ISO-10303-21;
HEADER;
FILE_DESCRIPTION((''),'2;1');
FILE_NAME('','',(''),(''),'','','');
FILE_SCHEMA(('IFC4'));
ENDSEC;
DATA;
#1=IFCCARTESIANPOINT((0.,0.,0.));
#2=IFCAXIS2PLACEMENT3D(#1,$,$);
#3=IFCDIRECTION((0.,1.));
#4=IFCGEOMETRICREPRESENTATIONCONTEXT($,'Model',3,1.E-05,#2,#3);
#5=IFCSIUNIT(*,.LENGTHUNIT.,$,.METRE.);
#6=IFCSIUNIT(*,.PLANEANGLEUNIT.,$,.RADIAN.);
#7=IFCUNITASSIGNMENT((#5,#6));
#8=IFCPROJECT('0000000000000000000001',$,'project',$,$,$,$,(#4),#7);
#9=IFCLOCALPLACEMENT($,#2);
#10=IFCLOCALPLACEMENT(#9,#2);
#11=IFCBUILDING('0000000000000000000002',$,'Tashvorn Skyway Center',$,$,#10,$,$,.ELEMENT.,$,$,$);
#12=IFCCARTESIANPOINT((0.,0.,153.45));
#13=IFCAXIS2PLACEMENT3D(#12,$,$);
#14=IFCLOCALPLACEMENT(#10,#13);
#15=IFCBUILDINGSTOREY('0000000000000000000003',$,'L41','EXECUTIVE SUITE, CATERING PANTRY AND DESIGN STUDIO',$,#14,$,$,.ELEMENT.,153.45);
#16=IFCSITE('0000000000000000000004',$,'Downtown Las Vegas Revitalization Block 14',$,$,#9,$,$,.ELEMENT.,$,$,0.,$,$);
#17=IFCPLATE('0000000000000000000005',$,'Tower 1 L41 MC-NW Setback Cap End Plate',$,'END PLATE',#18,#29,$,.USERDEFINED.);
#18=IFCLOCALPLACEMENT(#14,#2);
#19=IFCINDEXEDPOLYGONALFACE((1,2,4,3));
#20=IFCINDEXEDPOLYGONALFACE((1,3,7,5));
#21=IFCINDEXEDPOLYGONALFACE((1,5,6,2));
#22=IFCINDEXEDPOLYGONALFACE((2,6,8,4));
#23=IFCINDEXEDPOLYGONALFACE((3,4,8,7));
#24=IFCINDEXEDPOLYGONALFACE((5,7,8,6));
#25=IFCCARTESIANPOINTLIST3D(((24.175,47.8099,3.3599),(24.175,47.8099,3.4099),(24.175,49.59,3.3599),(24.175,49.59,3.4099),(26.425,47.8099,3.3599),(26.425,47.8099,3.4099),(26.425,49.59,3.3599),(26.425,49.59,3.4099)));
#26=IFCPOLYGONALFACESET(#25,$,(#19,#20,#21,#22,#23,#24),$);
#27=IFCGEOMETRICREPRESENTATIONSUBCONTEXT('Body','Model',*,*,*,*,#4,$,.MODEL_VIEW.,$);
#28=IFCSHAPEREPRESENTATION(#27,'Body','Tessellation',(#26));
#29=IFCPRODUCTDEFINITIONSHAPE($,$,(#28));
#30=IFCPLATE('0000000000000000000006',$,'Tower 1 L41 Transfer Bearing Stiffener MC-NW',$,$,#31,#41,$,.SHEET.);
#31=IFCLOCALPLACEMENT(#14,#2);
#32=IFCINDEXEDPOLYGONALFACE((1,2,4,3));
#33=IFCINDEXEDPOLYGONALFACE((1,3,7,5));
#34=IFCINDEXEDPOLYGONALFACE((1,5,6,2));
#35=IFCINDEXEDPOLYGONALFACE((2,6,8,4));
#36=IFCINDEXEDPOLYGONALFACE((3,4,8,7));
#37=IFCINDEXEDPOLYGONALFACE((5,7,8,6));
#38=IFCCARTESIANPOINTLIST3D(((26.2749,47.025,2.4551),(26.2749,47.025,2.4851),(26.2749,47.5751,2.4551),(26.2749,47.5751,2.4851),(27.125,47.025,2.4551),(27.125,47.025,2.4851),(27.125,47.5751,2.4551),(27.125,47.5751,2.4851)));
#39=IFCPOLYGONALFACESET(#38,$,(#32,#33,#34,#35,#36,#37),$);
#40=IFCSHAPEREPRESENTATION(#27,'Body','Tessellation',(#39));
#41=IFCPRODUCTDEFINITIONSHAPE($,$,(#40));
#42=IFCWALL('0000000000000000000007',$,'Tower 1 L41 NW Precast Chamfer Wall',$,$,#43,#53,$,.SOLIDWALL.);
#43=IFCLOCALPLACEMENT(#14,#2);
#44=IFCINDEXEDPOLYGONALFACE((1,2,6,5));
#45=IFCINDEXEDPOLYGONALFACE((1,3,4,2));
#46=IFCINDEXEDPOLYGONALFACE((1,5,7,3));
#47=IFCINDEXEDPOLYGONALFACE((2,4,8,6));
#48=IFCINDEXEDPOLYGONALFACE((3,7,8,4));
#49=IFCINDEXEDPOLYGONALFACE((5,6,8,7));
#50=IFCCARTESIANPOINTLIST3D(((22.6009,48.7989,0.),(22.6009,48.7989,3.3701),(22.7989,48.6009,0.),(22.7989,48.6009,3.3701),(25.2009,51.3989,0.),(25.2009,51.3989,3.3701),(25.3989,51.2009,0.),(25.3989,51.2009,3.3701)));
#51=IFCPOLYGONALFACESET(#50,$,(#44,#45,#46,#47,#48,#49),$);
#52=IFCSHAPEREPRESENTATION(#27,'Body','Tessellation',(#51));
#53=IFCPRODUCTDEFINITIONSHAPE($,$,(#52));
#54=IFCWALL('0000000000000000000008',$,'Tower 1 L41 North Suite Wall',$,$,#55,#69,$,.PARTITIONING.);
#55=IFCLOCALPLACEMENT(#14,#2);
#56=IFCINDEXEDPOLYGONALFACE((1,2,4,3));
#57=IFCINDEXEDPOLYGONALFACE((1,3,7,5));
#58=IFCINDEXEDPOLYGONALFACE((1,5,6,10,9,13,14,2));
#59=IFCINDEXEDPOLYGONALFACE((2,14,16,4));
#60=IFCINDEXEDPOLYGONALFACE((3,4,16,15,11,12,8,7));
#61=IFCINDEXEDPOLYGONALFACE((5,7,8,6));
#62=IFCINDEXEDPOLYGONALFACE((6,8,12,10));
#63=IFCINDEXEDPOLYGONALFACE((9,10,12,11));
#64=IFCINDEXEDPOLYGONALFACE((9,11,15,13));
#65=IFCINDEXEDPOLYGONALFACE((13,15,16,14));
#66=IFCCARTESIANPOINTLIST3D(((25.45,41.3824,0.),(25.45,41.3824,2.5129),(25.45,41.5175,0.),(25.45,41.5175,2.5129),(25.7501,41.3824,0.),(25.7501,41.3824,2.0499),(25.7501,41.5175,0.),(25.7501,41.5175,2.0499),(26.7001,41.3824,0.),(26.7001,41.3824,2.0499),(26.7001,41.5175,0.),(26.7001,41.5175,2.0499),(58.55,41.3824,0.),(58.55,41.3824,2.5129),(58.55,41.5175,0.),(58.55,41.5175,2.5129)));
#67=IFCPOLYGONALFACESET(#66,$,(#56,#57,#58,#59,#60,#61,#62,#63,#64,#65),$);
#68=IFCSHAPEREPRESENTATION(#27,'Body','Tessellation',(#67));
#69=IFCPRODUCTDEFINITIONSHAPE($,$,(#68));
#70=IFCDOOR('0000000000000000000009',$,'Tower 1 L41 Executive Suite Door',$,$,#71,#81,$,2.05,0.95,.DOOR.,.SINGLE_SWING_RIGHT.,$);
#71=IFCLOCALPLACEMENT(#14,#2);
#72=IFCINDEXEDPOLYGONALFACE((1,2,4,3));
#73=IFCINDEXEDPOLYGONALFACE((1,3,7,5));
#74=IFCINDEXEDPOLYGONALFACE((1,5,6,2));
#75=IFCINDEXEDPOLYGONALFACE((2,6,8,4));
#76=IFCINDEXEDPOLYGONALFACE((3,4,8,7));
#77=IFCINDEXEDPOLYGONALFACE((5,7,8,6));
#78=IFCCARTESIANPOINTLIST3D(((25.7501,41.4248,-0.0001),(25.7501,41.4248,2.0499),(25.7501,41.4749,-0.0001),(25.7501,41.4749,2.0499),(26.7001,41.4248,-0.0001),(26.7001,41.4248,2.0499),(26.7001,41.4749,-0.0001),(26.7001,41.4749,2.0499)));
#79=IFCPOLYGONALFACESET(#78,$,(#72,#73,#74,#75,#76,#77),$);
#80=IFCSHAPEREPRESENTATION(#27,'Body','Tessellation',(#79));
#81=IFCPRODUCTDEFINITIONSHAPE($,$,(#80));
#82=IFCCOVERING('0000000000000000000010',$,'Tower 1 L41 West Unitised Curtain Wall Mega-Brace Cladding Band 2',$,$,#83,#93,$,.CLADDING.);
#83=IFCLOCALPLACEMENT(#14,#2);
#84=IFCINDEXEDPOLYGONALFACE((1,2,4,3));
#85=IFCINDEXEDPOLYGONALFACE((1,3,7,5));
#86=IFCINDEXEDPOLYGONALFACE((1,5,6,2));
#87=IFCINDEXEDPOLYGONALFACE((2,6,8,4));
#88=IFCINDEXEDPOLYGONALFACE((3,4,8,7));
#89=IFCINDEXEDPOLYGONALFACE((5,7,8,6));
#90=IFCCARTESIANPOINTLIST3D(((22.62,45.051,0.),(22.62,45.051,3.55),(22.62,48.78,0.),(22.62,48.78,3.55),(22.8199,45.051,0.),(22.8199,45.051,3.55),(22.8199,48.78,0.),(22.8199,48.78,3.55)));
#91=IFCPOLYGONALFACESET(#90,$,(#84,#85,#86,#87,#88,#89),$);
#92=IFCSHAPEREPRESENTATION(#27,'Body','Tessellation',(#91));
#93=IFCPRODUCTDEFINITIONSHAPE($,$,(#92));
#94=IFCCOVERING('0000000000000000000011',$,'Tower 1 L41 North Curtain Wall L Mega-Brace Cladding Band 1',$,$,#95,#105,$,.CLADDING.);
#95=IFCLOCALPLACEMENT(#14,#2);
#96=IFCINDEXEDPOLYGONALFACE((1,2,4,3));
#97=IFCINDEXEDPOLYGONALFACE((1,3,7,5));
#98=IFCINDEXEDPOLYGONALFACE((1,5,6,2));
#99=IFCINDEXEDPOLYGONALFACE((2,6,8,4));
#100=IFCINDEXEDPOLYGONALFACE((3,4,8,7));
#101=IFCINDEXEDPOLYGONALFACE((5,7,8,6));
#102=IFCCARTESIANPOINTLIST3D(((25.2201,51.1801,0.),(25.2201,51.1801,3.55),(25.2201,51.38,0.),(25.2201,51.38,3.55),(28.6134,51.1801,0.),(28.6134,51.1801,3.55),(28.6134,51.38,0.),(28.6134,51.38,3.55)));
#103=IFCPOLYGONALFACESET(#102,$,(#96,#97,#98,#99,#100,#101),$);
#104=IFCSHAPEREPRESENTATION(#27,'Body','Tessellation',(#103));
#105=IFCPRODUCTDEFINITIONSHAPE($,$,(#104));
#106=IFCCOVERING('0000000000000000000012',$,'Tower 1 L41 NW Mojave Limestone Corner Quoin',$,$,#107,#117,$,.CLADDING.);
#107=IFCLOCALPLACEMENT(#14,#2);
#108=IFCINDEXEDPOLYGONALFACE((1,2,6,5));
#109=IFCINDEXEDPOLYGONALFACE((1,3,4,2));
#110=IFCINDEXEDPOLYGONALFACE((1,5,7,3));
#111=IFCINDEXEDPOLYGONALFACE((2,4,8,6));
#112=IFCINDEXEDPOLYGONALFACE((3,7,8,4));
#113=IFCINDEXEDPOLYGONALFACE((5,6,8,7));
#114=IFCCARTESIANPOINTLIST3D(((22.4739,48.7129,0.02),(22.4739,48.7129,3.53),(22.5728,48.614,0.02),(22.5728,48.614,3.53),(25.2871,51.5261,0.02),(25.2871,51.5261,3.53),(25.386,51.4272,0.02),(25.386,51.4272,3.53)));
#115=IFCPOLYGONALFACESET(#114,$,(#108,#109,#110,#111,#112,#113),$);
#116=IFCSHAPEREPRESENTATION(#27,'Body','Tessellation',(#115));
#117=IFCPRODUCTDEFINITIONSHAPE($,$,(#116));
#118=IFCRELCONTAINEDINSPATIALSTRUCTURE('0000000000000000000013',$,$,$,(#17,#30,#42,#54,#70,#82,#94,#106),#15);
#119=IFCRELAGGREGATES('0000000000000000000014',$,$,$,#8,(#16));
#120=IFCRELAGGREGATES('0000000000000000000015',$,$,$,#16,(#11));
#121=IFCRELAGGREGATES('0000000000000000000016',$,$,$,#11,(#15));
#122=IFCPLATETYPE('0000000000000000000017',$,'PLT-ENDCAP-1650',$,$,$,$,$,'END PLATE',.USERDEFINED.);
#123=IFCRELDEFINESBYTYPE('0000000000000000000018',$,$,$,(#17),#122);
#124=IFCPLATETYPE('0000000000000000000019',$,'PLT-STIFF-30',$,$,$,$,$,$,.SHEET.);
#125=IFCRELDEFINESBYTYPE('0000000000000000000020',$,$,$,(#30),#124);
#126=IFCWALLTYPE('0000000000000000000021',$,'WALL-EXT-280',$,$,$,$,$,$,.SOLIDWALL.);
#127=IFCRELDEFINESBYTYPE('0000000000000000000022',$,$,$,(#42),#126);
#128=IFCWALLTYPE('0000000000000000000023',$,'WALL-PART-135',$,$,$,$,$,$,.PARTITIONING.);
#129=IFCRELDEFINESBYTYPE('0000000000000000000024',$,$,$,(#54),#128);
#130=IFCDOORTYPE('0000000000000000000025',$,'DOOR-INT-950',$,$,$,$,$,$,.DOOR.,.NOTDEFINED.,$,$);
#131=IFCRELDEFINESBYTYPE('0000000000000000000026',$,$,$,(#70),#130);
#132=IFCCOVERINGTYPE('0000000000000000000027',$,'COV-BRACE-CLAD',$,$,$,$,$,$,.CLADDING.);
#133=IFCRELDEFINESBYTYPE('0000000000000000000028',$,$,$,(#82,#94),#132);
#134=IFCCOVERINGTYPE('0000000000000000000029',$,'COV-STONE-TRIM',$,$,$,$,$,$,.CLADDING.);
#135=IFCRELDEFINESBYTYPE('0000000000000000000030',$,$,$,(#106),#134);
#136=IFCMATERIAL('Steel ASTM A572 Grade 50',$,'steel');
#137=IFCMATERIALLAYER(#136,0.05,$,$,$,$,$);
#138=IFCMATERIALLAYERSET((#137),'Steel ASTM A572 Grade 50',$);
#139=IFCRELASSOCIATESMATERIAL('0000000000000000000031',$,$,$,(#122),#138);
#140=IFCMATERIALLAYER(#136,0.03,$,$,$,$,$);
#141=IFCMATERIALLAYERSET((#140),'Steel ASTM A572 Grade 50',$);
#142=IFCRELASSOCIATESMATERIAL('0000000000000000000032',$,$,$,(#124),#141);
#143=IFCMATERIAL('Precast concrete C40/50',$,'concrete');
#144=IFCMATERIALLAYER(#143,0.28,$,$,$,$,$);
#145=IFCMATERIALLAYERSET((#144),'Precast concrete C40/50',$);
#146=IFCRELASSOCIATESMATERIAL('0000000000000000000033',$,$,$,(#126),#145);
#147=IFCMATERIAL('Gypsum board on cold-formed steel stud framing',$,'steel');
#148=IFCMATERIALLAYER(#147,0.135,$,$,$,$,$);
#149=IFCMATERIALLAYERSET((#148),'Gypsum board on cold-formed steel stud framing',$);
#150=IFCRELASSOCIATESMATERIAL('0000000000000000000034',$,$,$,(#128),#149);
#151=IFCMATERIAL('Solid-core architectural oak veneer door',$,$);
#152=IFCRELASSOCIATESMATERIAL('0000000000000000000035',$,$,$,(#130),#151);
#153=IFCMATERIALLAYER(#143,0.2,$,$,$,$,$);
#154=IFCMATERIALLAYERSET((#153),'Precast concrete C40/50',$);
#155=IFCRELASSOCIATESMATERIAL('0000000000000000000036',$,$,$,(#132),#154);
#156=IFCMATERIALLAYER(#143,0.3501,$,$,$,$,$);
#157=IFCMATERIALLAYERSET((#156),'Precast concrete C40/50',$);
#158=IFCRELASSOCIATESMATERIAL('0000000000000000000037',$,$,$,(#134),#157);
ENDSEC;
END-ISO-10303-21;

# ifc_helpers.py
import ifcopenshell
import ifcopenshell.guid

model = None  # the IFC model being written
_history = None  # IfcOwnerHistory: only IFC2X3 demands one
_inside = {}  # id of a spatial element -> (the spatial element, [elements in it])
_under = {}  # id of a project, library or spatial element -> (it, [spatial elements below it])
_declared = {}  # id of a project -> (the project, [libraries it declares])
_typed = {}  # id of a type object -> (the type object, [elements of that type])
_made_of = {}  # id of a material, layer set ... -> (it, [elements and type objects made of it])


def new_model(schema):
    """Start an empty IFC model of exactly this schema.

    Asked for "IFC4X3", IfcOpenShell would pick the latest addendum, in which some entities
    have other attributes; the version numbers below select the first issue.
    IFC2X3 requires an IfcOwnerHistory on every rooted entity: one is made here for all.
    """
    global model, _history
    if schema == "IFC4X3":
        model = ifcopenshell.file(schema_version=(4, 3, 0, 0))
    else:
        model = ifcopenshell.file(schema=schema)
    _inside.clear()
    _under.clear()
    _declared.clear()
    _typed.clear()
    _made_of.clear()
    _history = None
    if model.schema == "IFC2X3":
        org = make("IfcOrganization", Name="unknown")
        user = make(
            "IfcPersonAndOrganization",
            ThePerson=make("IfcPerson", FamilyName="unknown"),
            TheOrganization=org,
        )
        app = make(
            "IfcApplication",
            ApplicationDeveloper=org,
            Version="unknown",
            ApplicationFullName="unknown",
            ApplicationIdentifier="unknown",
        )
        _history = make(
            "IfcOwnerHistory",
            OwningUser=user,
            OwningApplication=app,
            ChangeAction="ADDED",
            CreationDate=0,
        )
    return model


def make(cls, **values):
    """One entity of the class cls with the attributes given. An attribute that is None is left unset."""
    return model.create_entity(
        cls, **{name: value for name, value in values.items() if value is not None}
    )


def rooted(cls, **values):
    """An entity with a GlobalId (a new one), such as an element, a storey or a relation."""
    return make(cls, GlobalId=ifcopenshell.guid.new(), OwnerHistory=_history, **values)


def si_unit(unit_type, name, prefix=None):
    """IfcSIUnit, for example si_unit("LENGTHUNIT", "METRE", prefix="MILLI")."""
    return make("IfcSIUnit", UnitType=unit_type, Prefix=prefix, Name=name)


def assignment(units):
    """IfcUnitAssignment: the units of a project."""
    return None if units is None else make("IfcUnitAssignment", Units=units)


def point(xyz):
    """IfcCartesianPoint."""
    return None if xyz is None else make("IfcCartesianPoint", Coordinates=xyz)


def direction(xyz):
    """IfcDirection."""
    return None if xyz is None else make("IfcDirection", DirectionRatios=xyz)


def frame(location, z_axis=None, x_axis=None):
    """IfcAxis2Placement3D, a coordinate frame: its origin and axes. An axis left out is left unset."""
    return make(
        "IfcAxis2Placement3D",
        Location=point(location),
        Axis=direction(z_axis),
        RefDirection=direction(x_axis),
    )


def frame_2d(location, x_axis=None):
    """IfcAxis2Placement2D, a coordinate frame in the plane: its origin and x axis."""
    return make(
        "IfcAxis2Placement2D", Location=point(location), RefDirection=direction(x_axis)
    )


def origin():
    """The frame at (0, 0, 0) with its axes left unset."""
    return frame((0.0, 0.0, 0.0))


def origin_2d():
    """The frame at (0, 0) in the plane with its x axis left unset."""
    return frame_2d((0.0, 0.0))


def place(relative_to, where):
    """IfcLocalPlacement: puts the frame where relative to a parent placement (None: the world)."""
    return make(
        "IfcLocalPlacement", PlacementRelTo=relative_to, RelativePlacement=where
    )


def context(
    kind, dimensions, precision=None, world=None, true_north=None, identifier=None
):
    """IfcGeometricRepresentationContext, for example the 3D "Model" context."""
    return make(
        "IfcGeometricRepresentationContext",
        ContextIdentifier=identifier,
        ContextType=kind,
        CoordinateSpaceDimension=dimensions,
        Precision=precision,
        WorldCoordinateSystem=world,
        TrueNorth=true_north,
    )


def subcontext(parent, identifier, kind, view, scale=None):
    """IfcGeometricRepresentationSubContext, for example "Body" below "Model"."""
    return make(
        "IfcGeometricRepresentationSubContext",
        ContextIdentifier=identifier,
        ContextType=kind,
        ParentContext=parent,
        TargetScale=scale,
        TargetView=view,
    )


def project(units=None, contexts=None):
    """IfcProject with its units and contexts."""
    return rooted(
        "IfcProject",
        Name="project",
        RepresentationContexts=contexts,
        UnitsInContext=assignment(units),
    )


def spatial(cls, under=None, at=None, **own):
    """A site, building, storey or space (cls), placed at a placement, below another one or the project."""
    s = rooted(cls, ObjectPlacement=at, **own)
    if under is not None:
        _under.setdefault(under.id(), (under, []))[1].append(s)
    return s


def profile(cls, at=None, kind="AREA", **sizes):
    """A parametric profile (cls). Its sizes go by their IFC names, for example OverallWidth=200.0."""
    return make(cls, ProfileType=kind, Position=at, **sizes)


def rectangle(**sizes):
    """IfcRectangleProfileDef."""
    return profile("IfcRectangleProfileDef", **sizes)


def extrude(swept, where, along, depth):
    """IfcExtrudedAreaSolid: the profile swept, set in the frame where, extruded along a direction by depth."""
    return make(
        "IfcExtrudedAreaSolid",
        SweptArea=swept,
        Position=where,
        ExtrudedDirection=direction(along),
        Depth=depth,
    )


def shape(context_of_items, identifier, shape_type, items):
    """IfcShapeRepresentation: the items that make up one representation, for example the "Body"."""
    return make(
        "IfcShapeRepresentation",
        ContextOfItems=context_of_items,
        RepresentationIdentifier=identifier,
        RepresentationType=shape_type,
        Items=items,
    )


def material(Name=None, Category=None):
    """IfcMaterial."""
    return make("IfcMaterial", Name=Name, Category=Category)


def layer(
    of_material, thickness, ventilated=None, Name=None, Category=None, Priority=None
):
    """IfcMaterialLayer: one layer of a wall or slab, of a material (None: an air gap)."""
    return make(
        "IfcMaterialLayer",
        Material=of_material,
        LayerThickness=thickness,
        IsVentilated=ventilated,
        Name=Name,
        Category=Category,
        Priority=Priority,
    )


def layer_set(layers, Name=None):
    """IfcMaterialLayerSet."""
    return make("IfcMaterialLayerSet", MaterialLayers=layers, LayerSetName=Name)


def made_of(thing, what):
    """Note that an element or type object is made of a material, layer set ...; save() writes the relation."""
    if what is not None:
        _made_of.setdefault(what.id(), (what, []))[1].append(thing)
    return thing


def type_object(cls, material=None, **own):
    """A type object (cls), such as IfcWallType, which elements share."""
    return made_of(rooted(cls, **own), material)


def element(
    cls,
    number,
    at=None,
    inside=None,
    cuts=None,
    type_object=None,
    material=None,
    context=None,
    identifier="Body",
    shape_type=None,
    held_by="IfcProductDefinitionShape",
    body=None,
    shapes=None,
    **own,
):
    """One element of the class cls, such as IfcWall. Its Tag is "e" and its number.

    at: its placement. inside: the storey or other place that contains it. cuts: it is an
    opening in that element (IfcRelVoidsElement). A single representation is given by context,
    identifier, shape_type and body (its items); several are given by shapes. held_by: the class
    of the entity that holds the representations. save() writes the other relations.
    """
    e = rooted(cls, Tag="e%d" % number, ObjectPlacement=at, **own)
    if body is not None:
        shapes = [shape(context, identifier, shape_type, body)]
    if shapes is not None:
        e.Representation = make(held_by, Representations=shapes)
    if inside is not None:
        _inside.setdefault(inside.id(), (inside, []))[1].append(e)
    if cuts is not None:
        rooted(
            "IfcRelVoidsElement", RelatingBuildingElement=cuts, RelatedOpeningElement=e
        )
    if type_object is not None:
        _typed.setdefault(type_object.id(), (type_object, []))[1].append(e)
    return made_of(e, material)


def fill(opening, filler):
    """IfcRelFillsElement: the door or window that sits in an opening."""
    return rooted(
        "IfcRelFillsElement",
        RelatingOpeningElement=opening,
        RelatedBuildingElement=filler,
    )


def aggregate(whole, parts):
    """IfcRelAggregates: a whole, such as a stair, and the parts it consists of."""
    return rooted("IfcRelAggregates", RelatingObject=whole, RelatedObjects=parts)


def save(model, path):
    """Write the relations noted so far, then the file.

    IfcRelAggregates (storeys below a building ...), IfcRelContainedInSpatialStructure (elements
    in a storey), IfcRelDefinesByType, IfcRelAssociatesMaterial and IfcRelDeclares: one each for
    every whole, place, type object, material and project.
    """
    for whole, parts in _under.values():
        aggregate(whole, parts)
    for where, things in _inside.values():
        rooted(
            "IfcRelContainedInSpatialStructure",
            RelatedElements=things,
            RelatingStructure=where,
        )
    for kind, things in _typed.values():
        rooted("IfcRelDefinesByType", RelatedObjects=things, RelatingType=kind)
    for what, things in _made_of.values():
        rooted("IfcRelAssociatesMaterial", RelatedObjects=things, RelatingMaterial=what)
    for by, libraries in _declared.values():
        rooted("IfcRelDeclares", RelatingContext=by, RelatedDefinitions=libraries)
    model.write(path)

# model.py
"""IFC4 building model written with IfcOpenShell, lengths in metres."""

from ifc_helpers import new_model, si_unit, direction, frame, frame_2d, origin, origin_2d, place, context, subcontext, project, spatial, rectangle, extrude, material, layer, layer_set, type_object, element, fill, save


model = new_model("IFC4")

# Units and contexts
model_context = context("Model", 3, precision=1e-05, world=origin(), true_north=direction((0.0, 1.0)))
body_context = subcontext(model_context, "Body", "Model", "MODEL_VIEW")
ifc_project = project(units=[si_unit("LENGTHUNIT", "METRE"), si_unit("PLANEANGLEUNIT", "RADIAN")], contexts=[model_context])

# Site, building, storey
site_placement = place(None, origin())
site = spatial("IfcSite", under=ifc_project, at=site_placement, Name="Downtown Las Vegas Revitalization Block 14", CompositionType="ELEMENT", RefElevation=0.0)
building_placement = place(site_placement, origin())
building = spatial("IfcBuilding", under=site, at=building_placement, Name="Tashvorn Skyway Center", CompositionType="ELEMENT")
storey_placement = place(building_placement, frame((0.0, 0.0, 153.45)))
storey = spatial("IfcBuildingStorey", under=building, at=storey_placement, Name="L41", Description="EXECUTIVE SUITE, CATERING PANTRY AND DESIGN STUDIO", CompositionType="ELEMENT", Elevation=153.45)

# Shared definitions
ifc_material_1 = material(Name="Steel ASTM A572 Grade 50", Category="steel")

# Plates
ifc_layer_1 = layer(ifc_material_1, 0.05)
ifc_layer_set_1 = layer_set([ifc_layer_1], Name="Steel ASTM A572 Grade 50")
plate_type_1 = type_object("IfcPlateType", Name="PLT-ENDCAP-1650", ElementType="END PLATE", PredefinedType="USERDEFINED", material=ifc_layer_set_1)
plate_1_placement = place(storey_placement, frame((25.3, 48.7, 3.3599), z_axis=(0.0, 0.0, 1.0), x_axis=(1.0, 0.0, 0.0)))
element("IfcPlate", 1, at=plate_1_placement, inside=storey, type_object=plate_type_1, Name="Tower 1 L41 MC-NW Setback Cap End Plate", ObjectType="END PLATE", PredefinedType="USERDEFINED", context=body_context, shape_type="SweptSolid", body=[
    extrude(rectangle(XDim=2.25, YDim=1.78, at=origin_2d()), origin(), (0.0, 0.0, 1.0), 0.05),
])
ifc_layer_2 = layer(ifc_material_1, 0.03)
ifc_layer_set_2 = layer_set([ifc_layer_2], Name="Steel ASTM A572 Grade 50")
plate_type_2 = type_object("IfcPlateType", Name="PLT-STIFF-30", PredefinedType="SHEET", material=ifc_layer_set_2)
plate_2_placement = place(storey_placement, frame((26.7, 47.3, 2.4551), z_axis=(0.0, 0.0, 1.0), x_axis=(1.0, 0.0, 0.0)))
element("IfcPlate", 2, at=plate_2_placement, inside=storey, type_object=plate_type_2, Name="Tower 1 L41 Transfer Bearing Stiffener MC-NW", PredefinedType="SHEET", context=body_context, shape_type="SweptSolid", body=[
    extrude(rectangle(XDim=0.8501, YDim=0.55, at=origin_2d()), origin(), (0.0, 0.0, 1.0), 0.03),
])

# Wall
ifc_material_2 = material(Name="Precast concrete C40/50", Category="concrete")
ifc_layer_3 = layer(ifc_material_2, 0.28)
ifc_layer_set_3 = layer_set([ifc_layer_3], Name="Precast concrete C40/50")
wall_type_1 = type_object("IfcWallType", Name="WALL-EXT-280", PredefinedType="SOLIDWALL", material=ifc_layer_set_3)
wall_1_placement = place(storey_placement, frame((22.7, 48.7, 0.0), z_axis=(0.0, 0.0, 1.0), x_axis=(0.707107, 0.707107, 0.0)))
element("IfcWall", 3, at=wall_1_placement, inside=storey, type_object=wall_type_1, Name="Tower 1 L41 NW Precast Chamfer Wall", PredefinedType="SOLIDWALL", context=body_context, shape_type="SweptSolid", body=[
    extrude(rectangle(XDim=3.677, YDim=0.28, at=frame_2d((1.8384, 0.0))), origin(), (0.0, 0.0, 1.0), 3.3701),
])

# Wall, opening, door
ifc_material_3 = material(Name="Gypsum board on cold-formed steel stud framing", Category="steel")
ifc_layer_4 = layer(ifc_material_3, 0.135)
ifc_layer_set_4 = layer_set([ifc_layer_4], Name="Gypsum board on cold-formed steel stud framing")
wall_type_2 = type_object("IfcWallType", Name="WALL-PART-135", PredefinedType="PARTITIONING", material=ifc_layer_set_4)
wall_2_placement = place(storey_placement, frame((25.45, 41.45, 0.0), z_axis=(0.0, 0.0, 1.0), x_axis=(1.0, 0.0, 0.0)))
wall_2 = element("IfcWall", 4, at=wall_2_placement, inside=storey, type_object=wall_type_2, Name="Tower 1 L41 North Suite Wall", PredefinedType="PARTITIONING", context=body_context, shape_type="SweptSolid", body=[
    extrude(rectangle(XDim=33.1001, YDim=0.135, at=frame_2d((16.55, 0.0))), origin(), (0.0, 0.0, 1.0), 2.5129),
])
opening_placement = place(wall_2_placement, frame((0.3, 0.0, 0.0)))
opening = element("IfcOpeningElement", 5, at=opening_placement, cuts=wall_2, PredefinedType="OPENING", context=body_context, shape_type="SweptSolid", body=[
    extrude(rectangle(XDim=0.95, YDim=2.05, at=frame_2d((0.4751, 1.0249))), frame((0.0, 0.0774, 0.0), z_axis=(0.0, -1.0, 0.0), x_axis=(1.0, 0.0, 0.0)), (0.0, 0.0, 1.0), 0.155),
])
ifc_material_4 = material(Name="Solid-core architectural oak veneer door")
door_type = type_object("IfcDoorType", Name="DOOR-INT-950", OperationType="NOTDEFINED", PredefinedType="DOOR", material=ifc_material_4)
door_placement = place(opening_placement, origin())
door = element("IfcDoor", 6, at=door_placement, inside=storey, type_object=door_type, Name="Tower 1 L41 Executive Suite Door", OperationType="SINGLE_SWING_RIGHT", OverallHeight=2.05, OverallWidth=0.95, PredefinedType="DOOR", context=body_context, shape_type="SweptSolid", body=[
    extrude(rectangle(XDim=0.95, YDim=2.05, at=frame_2d((0.4751, 1.0249))), frame((0.0, 0.0249, 0.0), z_axis=(0.0, -1.0, 0.0), x_axis=(1.0, 0.0, 0.0)), (0.0, 0.0, 1.0), 0.05),
])
fill(opening, door)

# Coverings
ifc_layer_5 = layer(ifc_material_2, 0.2)
ifc_layer_set_5 = layer_set([ifc_layer_5], Name="Precast concrete C40/50")
covering_type_1 = type_object("IfcCoveringType", Name="COV-BRACE-CLAD", PredefinedType="CLADDING", material=ifc_layer_set_5)
covering_1_placement = place(storey_placement, frame((22.72, 46.9155, 0.0), z_axis=(0.0, 0.0, 1.0), x_axis=(0.0, 1.0, 0.0)))
element("IfcCovering", 7, at=covering_1_placement, inside=storey, type_object=covering_type_1, Name="Tower 1 L41 West Unitised Curtain Wall Mega-Brace Cladding Band 2", PredefinedType="CLADDING", context=body_context, shape_type="SweptSolid", body=[
    extrude(rectangle(XDim=3.729, YDim=0.2, at=origin_2d()), origin(), (0.0, 0.0, 1.0), 3.55),
])
covering_2_placement = place(storey_placement, frame((26.9167, 51.28, 0.0), z_axis=(0.0, 0.0, 1.0), x_axis=(1.0, 0.0, 0.0)))
element("IfcCovering", 8, at=covering_2_placement, inside=storey, type_object=covering_type_1, Name="Tower 1 L41 North Curtain Wall L Mega-Brace Cladding Band 1", PredefinedType="CLADDING", context=body_context, shape_type="SweptSolid", body=[
    extrude(rectangle(XDim=3.3933, YDim=0.2, at=origin_2d()), origin(), (0.0, 0.0, 1.0), 3.55),
])
ifc_layer_6 = layer(ifc_material_2, 0.3501)
ifc_layer_set_6 = layer_set([ifc_layer_6], Name="Precast concrete C40/50")
covering_type_2 = type_object("IfcCoveringType", Name="COV-STONE-TRIM", PredefinedType="CLADDING", material=ifc_layer_set_6)
covering_3_placement = place(storey_placement, frame((23.9299, 50.0701, 0.02), z_axis=(0.0, 0.0, 1.0), x_axis=(-0.707107, -0.707107, 0.0)))
element("IfcCovering", 9, at=covering_3_placement, inside=storey, type_object=covering_type_2, Name="Tower 1 L41 NW Mojave Limestone Corner Quoin", PredefinedType="CLADDING", context=body_context, shape_type="SweptSolid", body=[
    extrude(rectangle(XDim=3.9785, YDim=0.1399, at=origin_2d()), origin(), (0.0, 0.0, 1.0), 3.51),
])

save(model, "model.ifc")
